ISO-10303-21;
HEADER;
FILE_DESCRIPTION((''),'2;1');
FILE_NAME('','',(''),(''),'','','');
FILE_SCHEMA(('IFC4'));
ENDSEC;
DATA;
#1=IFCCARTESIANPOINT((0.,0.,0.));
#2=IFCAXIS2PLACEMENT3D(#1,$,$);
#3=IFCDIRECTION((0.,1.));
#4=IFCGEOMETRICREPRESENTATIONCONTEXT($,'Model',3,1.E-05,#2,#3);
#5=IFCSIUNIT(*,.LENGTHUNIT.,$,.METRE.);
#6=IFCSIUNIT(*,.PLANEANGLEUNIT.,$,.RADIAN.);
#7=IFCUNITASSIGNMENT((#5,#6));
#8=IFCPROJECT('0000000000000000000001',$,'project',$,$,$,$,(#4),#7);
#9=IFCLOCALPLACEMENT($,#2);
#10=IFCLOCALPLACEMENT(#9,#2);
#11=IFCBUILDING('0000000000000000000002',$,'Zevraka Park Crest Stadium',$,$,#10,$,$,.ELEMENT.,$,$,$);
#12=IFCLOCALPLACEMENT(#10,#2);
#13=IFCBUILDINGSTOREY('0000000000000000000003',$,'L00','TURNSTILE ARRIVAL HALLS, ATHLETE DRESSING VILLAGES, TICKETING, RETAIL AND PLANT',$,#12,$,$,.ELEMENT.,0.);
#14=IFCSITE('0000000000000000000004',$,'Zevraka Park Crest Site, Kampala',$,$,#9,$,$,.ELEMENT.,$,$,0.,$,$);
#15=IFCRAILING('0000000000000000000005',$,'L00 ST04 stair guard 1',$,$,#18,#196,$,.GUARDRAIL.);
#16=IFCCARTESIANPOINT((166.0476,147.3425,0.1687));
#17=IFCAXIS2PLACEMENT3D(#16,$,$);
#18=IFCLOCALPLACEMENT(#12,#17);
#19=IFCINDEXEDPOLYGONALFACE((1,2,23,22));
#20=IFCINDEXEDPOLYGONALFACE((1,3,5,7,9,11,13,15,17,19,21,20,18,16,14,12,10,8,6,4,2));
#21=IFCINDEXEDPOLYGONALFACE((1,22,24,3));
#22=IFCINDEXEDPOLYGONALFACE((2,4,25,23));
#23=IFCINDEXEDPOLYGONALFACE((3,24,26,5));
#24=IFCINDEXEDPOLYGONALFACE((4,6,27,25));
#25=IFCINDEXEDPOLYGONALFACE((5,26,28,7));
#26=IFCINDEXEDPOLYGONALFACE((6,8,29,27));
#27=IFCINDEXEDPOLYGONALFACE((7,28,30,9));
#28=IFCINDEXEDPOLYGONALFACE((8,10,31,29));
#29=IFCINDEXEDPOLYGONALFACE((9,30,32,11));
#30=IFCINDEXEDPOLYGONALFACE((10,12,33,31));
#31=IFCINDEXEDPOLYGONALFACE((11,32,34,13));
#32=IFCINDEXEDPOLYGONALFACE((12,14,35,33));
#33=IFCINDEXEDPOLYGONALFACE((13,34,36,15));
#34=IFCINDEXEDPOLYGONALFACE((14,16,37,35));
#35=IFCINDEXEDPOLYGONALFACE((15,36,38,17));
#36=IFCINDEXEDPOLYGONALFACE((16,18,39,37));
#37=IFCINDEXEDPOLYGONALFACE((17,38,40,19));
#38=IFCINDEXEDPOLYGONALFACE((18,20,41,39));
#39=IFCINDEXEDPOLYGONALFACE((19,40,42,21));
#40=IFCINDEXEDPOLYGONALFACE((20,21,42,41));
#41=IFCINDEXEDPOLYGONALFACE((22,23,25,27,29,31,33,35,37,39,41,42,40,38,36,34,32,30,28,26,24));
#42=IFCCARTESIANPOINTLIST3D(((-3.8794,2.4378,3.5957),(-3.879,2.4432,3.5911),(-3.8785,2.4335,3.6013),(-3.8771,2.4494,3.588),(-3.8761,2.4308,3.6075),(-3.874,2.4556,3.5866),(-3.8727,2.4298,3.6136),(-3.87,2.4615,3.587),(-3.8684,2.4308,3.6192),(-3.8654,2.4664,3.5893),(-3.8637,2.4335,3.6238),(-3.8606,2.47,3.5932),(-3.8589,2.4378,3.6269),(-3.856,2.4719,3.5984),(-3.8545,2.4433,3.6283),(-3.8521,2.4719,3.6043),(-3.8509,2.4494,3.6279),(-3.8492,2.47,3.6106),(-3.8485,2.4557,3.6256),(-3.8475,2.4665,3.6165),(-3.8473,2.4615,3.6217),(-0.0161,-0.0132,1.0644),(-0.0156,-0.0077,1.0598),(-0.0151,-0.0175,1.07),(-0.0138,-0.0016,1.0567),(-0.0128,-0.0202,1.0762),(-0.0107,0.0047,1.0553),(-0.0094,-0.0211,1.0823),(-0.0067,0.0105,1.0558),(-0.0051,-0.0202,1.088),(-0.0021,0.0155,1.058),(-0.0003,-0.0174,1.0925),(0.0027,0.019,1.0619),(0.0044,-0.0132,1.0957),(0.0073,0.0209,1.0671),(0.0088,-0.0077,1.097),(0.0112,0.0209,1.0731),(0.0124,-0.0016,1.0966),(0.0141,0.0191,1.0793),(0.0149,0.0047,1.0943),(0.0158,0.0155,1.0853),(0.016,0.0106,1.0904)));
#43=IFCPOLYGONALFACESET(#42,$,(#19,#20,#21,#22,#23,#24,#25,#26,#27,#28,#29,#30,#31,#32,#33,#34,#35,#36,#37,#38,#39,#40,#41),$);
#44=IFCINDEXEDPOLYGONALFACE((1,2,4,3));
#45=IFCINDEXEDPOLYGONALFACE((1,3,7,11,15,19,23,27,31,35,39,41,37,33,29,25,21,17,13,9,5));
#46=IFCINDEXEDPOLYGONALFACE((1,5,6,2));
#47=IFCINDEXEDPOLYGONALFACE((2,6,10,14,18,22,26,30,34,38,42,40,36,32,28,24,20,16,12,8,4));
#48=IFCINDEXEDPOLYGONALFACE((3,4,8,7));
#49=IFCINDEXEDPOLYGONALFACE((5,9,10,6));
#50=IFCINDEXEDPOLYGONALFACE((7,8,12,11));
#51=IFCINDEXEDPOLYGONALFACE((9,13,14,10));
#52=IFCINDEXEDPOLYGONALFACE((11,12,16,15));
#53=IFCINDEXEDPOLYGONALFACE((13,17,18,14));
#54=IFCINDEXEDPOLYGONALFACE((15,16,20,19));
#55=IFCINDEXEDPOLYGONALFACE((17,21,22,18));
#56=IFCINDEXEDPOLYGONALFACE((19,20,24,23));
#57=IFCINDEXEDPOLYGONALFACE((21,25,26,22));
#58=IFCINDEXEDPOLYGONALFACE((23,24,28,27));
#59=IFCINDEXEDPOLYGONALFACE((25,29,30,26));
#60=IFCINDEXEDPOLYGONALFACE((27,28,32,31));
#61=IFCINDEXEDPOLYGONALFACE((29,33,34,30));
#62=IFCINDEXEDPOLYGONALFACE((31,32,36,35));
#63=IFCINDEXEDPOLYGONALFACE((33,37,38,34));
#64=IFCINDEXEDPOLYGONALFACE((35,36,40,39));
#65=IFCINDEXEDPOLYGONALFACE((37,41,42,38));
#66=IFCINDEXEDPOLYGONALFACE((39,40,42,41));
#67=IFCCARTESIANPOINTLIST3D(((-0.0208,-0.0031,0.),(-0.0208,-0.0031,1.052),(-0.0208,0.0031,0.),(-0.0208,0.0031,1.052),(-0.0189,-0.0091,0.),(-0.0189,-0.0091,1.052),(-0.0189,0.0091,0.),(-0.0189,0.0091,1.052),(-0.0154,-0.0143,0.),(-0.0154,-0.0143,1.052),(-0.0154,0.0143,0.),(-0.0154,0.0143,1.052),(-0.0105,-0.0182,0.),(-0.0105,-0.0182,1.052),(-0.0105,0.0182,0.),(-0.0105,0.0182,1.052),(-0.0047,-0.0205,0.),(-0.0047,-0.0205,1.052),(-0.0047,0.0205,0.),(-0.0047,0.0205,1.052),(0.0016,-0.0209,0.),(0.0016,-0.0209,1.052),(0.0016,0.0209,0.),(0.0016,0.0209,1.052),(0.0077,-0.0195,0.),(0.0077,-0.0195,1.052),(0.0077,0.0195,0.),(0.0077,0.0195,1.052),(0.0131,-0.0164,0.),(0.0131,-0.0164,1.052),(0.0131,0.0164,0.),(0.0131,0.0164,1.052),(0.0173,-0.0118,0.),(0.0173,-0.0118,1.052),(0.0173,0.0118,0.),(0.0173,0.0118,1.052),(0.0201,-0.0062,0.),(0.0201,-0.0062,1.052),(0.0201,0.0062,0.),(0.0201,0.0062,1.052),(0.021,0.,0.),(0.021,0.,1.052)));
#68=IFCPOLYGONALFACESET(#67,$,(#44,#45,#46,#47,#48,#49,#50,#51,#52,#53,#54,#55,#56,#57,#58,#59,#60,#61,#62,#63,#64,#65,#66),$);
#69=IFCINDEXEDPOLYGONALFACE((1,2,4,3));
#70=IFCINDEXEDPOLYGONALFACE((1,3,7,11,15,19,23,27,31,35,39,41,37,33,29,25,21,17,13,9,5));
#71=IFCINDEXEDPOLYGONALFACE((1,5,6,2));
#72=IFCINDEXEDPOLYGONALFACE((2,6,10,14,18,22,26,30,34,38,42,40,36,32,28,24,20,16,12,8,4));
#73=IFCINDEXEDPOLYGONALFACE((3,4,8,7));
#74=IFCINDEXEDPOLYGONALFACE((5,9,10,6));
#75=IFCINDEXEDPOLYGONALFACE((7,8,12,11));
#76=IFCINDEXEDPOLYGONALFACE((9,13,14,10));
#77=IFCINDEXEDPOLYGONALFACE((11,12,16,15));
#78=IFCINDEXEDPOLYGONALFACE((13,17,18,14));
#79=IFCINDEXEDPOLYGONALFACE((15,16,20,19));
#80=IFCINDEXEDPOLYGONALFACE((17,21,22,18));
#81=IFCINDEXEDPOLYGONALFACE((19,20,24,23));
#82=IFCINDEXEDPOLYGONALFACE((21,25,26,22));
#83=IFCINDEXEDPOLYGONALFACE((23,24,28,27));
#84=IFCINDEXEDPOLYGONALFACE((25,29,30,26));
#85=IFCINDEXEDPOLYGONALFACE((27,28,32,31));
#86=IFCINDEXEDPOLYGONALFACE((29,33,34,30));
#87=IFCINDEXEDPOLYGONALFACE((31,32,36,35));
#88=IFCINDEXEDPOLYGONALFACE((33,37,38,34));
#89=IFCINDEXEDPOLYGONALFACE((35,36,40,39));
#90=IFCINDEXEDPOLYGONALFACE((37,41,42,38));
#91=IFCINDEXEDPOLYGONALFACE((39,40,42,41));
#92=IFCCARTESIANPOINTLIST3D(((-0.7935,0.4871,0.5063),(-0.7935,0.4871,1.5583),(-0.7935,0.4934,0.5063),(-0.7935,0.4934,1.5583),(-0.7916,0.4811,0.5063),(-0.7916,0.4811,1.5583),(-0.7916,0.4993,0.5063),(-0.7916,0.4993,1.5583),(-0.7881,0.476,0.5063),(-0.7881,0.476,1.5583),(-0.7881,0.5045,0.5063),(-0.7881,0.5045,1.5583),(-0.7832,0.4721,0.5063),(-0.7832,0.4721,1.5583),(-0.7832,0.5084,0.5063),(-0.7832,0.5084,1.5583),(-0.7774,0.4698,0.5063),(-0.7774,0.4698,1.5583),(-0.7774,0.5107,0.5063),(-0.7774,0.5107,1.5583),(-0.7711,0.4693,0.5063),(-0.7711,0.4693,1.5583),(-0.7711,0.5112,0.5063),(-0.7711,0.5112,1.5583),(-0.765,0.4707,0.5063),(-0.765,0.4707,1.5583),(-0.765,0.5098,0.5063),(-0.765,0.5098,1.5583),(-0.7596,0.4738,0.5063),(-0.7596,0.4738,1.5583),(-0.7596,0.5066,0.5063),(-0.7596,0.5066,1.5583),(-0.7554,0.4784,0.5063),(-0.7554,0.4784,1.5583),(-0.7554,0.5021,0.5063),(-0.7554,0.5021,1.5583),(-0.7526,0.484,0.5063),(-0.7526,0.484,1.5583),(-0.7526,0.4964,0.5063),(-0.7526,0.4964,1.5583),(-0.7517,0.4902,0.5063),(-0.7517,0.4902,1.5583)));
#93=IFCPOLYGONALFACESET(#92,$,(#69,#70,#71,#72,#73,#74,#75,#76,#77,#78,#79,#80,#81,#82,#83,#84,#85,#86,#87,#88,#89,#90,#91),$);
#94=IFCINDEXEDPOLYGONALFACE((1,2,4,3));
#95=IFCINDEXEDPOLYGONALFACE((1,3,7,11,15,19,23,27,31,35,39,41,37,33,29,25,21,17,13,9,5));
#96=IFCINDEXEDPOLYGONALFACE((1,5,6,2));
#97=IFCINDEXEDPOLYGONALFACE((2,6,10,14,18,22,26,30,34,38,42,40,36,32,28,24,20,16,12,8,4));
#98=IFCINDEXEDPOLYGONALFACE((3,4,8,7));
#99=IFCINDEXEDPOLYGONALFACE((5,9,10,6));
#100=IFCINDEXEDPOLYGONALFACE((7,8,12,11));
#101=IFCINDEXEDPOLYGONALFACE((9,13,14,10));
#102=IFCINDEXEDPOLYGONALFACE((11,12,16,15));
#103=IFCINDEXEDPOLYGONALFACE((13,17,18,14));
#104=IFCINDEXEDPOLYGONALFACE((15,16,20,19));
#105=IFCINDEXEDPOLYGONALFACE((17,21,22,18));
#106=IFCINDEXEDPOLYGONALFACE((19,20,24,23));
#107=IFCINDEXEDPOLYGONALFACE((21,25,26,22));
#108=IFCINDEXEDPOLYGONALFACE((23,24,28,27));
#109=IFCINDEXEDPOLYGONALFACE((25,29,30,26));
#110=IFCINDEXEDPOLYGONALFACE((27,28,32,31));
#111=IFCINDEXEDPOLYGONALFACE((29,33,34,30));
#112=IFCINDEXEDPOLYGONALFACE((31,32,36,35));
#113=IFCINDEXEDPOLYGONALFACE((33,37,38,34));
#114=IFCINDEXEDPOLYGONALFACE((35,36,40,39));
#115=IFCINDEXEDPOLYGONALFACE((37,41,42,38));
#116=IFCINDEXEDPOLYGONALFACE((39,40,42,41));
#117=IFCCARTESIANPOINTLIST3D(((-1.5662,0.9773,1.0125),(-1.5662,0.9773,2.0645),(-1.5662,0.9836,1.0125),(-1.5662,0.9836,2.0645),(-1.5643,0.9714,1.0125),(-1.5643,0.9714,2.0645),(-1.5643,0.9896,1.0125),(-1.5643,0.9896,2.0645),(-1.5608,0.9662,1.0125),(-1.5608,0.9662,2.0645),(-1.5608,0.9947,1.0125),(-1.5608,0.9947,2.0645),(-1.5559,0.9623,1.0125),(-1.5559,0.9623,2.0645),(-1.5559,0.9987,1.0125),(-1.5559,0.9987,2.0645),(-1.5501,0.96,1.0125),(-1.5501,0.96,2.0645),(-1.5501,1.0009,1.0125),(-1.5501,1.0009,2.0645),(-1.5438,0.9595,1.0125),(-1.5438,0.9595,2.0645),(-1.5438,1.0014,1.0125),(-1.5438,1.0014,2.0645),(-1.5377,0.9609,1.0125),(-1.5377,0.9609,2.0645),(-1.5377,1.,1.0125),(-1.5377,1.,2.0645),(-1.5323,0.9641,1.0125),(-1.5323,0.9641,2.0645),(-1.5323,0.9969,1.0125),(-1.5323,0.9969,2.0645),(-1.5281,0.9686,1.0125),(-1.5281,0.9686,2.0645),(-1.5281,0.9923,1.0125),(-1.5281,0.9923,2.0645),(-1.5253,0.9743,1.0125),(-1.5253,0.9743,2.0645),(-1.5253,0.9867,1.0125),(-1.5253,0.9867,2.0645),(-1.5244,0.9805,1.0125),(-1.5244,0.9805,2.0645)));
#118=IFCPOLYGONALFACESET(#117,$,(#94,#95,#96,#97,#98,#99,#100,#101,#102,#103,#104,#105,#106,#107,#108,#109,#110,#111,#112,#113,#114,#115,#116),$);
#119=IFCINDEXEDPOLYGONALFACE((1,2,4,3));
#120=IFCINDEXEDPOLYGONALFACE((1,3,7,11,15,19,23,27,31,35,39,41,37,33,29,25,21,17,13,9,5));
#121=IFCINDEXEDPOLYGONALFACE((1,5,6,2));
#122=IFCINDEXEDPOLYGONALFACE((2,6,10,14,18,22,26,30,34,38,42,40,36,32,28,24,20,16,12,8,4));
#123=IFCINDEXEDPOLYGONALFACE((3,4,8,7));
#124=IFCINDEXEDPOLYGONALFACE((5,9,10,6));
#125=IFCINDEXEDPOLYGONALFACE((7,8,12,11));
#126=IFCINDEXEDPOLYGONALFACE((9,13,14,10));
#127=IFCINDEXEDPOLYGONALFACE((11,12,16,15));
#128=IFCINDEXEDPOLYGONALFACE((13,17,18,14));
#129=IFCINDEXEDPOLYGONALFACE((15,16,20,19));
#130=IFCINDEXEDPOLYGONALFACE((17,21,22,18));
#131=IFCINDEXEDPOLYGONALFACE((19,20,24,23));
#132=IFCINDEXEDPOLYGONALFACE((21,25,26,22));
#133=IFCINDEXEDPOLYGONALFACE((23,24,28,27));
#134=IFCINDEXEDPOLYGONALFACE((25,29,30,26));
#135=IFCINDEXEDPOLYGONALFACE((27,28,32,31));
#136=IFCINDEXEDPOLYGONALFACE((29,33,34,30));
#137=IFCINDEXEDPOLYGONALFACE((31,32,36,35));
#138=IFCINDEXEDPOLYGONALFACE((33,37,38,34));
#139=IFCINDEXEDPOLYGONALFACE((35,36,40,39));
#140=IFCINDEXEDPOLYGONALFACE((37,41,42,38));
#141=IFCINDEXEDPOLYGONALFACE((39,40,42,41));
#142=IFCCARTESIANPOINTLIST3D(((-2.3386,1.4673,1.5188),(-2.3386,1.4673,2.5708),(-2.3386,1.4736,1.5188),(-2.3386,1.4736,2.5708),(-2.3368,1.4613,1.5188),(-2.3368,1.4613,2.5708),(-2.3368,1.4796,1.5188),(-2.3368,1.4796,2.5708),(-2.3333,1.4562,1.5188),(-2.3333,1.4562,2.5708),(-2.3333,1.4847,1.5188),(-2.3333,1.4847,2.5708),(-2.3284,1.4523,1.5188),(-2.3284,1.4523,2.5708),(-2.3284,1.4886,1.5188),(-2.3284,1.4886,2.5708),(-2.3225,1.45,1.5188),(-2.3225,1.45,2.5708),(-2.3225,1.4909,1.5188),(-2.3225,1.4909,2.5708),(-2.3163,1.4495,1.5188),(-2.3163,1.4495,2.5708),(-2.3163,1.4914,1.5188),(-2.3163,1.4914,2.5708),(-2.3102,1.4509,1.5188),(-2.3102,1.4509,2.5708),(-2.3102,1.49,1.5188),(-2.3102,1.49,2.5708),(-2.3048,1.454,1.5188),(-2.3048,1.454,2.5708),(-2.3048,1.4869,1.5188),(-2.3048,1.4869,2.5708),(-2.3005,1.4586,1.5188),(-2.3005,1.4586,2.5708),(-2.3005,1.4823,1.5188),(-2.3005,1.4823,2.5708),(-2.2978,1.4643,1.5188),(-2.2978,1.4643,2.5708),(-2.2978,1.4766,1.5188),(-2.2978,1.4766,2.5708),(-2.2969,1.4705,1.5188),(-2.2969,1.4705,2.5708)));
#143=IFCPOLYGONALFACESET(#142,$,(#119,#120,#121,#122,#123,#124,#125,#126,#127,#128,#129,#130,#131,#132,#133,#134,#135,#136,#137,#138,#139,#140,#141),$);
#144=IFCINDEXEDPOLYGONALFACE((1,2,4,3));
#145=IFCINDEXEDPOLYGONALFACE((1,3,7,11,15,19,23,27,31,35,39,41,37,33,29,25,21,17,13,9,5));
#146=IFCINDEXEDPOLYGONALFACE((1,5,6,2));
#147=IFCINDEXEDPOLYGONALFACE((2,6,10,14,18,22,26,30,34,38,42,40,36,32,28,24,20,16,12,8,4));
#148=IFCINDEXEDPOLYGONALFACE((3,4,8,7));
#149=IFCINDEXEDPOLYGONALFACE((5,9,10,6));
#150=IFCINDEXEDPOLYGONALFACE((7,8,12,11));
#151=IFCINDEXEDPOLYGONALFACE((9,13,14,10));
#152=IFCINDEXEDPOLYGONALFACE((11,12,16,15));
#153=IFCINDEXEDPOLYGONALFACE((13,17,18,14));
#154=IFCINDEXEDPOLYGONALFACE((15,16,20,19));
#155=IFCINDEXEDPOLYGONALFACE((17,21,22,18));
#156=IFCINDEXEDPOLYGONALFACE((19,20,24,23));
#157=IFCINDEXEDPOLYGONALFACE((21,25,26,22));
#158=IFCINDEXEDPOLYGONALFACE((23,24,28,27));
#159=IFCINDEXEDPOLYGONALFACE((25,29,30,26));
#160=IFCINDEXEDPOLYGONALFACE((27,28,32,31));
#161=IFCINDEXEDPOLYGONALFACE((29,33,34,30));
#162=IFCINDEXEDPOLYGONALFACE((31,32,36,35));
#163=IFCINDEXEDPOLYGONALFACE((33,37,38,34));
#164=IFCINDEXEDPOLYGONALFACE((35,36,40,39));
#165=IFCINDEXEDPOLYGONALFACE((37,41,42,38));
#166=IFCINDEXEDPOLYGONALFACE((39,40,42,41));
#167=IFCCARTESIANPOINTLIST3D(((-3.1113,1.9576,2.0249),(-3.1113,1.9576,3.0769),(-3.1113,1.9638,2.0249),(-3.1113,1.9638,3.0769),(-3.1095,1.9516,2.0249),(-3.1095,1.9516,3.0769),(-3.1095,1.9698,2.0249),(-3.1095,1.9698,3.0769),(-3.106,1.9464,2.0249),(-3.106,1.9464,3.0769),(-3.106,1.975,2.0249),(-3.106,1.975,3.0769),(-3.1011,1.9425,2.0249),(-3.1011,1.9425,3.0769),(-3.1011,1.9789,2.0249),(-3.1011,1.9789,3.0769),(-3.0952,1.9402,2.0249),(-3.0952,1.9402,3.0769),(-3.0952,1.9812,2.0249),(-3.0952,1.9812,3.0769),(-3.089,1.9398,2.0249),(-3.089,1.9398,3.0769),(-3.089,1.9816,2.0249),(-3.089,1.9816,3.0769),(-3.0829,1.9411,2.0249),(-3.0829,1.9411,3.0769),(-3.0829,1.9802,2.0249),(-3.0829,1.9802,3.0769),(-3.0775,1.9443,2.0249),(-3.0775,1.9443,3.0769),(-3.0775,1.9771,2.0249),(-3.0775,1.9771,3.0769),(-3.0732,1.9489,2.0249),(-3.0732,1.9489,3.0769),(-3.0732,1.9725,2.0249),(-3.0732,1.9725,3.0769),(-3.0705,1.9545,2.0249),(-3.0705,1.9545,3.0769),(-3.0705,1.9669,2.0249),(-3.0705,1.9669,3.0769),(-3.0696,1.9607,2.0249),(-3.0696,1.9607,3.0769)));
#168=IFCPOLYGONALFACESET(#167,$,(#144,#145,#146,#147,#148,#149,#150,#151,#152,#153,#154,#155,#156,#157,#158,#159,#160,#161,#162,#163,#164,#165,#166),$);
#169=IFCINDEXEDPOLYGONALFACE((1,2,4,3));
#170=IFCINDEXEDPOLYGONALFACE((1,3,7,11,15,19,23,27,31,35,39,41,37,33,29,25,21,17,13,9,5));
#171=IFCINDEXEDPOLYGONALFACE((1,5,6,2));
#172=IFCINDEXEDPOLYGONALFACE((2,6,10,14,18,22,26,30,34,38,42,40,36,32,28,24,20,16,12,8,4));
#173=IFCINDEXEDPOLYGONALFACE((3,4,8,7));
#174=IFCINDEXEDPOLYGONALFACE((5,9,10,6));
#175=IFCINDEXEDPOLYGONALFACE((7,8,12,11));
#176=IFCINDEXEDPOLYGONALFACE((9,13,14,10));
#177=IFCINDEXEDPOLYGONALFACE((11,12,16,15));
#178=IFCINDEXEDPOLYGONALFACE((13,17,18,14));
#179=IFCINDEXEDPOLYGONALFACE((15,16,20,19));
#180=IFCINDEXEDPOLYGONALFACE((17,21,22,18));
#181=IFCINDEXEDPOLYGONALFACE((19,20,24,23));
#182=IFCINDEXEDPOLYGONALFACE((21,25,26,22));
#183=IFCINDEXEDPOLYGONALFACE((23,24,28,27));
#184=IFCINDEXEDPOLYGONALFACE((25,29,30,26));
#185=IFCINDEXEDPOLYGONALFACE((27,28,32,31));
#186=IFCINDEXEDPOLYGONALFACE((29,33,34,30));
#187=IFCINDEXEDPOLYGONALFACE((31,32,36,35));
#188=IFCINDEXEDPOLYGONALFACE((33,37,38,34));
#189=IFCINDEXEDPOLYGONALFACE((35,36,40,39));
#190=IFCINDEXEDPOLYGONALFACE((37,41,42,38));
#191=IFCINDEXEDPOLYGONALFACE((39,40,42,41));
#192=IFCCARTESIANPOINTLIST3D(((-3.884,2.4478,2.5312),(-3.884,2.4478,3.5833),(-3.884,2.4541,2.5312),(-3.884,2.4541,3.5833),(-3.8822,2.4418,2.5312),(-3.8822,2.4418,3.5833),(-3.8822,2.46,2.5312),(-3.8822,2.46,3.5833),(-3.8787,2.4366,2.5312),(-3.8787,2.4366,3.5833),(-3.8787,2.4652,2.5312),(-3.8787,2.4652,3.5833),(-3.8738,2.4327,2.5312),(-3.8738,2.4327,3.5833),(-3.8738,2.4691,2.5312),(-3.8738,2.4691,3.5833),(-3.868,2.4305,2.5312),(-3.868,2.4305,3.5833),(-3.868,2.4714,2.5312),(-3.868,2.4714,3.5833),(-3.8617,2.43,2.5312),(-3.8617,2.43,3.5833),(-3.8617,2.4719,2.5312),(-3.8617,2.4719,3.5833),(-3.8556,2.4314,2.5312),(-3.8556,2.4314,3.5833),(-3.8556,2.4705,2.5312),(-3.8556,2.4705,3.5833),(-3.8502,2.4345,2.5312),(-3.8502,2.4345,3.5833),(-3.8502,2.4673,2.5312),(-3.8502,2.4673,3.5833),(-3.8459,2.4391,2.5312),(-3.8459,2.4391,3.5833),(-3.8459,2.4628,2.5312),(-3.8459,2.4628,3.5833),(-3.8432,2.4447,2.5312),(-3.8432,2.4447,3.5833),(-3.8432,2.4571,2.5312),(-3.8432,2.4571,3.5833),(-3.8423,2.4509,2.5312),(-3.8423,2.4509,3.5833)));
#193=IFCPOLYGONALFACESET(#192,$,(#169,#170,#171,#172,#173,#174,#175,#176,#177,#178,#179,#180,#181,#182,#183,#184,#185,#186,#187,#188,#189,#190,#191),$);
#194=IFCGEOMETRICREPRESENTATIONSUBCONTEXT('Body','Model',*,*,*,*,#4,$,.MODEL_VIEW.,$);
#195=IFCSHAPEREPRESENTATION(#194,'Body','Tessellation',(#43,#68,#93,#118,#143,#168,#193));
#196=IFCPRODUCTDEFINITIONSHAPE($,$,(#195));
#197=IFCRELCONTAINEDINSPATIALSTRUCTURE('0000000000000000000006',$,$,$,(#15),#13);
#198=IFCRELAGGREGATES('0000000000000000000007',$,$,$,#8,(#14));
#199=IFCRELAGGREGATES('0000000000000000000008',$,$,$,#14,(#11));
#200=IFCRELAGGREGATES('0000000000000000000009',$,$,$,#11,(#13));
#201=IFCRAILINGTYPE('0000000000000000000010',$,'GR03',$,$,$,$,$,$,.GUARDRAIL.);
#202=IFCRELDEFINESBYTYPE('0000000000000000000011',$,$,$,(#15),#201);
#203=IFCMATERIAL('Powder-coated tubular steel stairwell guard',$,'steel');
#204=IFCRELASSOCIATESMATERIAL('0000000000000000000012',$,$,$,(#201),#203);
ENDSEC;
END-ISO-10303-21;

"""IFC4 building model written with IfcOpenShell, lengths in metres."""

from ifc_helpers import new_model, si_unit, direction, frame, origin, origin_2d, place, context, subcontext, project, spatial, circle, extrude, material, type_object, element, save


model = new_model("IFC4")

# Units and contexts
model_context = context("Model", 3, precision=1e-05, world=origin(), true_north=direction((0.0, 1.0)))
body_context = subcontext(model_context, "Body", "Model", "MODEL_VIEW")
ifc_project = project(units=[si_unit("LENGTHUNIT", "METRE"), si_unit("PLANEANGLEUNIT", "RADIAN")], contexts=[model_context])

# Site, building, storey
site_placement = place(None, origin())
site = spatial("IfcSite", under=ifc_project, at=site_placement, Name="Zevraka Park Crest Site, Kampala", CompositionType="ELEMENT", RefElevation=0.0)
building_placement = place(site_placement, origin())
building = spatial("IfcBuilding", under=site, at=building_placement, Name="Zevraka Park Crest Stadium", CompositionType="ELEMENT")
storey_placement = place(building_placement, origin())
storey = spatial("IfcBuildingStorey", under=building, at=storey_placement, Name="L00", Description="TURNSTILE ARRIVAL HALLS, ATHLETE DRESSING VILLAGES, TICKETING, RETAIL AND PLANT", CompositionType="ELEMENT", Elevation=0.0)

# Railing
ifc_material_1 = material(Name="Powder-coated tubular steel stairwell guard", Category="steel")
railing_type_1 = type_object("IfcRailingType", Name="GR03", PredefinedType="GUARDRAIL", material=ifc_material_1)
railing_1_placement = place(storey_placement, frame((166.0476, 147.3425, 0.1687)))
element("IfcRailing", 1, at=railing_1_placement, inside=storey, type_object=railing_type_1, Name="L00 ST04 stair guard 1", PredefinedType="GUARDRAIL", context=body_context, shape_type="SweptSolid", body=[
    extrude(circle(Radius=0.0239, at=origin_2d()), frame((0.0, 0.0, 1.0762), z_axis=(-0.738862, 0.468746, 0.484108), x_axis=(-0.535704, -0.844406, 0.0)), (0.0, 0.0, 1.0), 5.2288),
    extrude(circle(Radius=0.021, at=origin_2d()), origin(), (0.0, 0.0, 1.0), 1.052),
    extrude(circle(Radius=0.021, at=origin_2d()), frame((-0.7727, 0.4902, 0.5063)), (0.0, 0.0, 1.0), 1.052),
    extrude(circle(Radius=0.021, at=origin_2d()), frame((-1.5454, 0.9805, 1.0125)), (0.0, 0.0, 1.0), 1.052),
    extrude(circle(Radius=0.021, at=origin_2d()), frame((-2.3179, 1.4705, 1.5188)), (0.0, 0.0, 1.0), 1.052),
    extrude(circle(Radius=0.021, at=origin_2d()), frame((-3.0906, 1.9607, 2.0249)), (0.0, 0.0, 1.0), 1.052),
    extrude(circle(Radius=0.021, at=origin_2d()), frame((-3.8633, 2.4509, 2.5312)), (0.0, 0.0, 1.0), 1.052),
])

save(model, "model.ifc")
